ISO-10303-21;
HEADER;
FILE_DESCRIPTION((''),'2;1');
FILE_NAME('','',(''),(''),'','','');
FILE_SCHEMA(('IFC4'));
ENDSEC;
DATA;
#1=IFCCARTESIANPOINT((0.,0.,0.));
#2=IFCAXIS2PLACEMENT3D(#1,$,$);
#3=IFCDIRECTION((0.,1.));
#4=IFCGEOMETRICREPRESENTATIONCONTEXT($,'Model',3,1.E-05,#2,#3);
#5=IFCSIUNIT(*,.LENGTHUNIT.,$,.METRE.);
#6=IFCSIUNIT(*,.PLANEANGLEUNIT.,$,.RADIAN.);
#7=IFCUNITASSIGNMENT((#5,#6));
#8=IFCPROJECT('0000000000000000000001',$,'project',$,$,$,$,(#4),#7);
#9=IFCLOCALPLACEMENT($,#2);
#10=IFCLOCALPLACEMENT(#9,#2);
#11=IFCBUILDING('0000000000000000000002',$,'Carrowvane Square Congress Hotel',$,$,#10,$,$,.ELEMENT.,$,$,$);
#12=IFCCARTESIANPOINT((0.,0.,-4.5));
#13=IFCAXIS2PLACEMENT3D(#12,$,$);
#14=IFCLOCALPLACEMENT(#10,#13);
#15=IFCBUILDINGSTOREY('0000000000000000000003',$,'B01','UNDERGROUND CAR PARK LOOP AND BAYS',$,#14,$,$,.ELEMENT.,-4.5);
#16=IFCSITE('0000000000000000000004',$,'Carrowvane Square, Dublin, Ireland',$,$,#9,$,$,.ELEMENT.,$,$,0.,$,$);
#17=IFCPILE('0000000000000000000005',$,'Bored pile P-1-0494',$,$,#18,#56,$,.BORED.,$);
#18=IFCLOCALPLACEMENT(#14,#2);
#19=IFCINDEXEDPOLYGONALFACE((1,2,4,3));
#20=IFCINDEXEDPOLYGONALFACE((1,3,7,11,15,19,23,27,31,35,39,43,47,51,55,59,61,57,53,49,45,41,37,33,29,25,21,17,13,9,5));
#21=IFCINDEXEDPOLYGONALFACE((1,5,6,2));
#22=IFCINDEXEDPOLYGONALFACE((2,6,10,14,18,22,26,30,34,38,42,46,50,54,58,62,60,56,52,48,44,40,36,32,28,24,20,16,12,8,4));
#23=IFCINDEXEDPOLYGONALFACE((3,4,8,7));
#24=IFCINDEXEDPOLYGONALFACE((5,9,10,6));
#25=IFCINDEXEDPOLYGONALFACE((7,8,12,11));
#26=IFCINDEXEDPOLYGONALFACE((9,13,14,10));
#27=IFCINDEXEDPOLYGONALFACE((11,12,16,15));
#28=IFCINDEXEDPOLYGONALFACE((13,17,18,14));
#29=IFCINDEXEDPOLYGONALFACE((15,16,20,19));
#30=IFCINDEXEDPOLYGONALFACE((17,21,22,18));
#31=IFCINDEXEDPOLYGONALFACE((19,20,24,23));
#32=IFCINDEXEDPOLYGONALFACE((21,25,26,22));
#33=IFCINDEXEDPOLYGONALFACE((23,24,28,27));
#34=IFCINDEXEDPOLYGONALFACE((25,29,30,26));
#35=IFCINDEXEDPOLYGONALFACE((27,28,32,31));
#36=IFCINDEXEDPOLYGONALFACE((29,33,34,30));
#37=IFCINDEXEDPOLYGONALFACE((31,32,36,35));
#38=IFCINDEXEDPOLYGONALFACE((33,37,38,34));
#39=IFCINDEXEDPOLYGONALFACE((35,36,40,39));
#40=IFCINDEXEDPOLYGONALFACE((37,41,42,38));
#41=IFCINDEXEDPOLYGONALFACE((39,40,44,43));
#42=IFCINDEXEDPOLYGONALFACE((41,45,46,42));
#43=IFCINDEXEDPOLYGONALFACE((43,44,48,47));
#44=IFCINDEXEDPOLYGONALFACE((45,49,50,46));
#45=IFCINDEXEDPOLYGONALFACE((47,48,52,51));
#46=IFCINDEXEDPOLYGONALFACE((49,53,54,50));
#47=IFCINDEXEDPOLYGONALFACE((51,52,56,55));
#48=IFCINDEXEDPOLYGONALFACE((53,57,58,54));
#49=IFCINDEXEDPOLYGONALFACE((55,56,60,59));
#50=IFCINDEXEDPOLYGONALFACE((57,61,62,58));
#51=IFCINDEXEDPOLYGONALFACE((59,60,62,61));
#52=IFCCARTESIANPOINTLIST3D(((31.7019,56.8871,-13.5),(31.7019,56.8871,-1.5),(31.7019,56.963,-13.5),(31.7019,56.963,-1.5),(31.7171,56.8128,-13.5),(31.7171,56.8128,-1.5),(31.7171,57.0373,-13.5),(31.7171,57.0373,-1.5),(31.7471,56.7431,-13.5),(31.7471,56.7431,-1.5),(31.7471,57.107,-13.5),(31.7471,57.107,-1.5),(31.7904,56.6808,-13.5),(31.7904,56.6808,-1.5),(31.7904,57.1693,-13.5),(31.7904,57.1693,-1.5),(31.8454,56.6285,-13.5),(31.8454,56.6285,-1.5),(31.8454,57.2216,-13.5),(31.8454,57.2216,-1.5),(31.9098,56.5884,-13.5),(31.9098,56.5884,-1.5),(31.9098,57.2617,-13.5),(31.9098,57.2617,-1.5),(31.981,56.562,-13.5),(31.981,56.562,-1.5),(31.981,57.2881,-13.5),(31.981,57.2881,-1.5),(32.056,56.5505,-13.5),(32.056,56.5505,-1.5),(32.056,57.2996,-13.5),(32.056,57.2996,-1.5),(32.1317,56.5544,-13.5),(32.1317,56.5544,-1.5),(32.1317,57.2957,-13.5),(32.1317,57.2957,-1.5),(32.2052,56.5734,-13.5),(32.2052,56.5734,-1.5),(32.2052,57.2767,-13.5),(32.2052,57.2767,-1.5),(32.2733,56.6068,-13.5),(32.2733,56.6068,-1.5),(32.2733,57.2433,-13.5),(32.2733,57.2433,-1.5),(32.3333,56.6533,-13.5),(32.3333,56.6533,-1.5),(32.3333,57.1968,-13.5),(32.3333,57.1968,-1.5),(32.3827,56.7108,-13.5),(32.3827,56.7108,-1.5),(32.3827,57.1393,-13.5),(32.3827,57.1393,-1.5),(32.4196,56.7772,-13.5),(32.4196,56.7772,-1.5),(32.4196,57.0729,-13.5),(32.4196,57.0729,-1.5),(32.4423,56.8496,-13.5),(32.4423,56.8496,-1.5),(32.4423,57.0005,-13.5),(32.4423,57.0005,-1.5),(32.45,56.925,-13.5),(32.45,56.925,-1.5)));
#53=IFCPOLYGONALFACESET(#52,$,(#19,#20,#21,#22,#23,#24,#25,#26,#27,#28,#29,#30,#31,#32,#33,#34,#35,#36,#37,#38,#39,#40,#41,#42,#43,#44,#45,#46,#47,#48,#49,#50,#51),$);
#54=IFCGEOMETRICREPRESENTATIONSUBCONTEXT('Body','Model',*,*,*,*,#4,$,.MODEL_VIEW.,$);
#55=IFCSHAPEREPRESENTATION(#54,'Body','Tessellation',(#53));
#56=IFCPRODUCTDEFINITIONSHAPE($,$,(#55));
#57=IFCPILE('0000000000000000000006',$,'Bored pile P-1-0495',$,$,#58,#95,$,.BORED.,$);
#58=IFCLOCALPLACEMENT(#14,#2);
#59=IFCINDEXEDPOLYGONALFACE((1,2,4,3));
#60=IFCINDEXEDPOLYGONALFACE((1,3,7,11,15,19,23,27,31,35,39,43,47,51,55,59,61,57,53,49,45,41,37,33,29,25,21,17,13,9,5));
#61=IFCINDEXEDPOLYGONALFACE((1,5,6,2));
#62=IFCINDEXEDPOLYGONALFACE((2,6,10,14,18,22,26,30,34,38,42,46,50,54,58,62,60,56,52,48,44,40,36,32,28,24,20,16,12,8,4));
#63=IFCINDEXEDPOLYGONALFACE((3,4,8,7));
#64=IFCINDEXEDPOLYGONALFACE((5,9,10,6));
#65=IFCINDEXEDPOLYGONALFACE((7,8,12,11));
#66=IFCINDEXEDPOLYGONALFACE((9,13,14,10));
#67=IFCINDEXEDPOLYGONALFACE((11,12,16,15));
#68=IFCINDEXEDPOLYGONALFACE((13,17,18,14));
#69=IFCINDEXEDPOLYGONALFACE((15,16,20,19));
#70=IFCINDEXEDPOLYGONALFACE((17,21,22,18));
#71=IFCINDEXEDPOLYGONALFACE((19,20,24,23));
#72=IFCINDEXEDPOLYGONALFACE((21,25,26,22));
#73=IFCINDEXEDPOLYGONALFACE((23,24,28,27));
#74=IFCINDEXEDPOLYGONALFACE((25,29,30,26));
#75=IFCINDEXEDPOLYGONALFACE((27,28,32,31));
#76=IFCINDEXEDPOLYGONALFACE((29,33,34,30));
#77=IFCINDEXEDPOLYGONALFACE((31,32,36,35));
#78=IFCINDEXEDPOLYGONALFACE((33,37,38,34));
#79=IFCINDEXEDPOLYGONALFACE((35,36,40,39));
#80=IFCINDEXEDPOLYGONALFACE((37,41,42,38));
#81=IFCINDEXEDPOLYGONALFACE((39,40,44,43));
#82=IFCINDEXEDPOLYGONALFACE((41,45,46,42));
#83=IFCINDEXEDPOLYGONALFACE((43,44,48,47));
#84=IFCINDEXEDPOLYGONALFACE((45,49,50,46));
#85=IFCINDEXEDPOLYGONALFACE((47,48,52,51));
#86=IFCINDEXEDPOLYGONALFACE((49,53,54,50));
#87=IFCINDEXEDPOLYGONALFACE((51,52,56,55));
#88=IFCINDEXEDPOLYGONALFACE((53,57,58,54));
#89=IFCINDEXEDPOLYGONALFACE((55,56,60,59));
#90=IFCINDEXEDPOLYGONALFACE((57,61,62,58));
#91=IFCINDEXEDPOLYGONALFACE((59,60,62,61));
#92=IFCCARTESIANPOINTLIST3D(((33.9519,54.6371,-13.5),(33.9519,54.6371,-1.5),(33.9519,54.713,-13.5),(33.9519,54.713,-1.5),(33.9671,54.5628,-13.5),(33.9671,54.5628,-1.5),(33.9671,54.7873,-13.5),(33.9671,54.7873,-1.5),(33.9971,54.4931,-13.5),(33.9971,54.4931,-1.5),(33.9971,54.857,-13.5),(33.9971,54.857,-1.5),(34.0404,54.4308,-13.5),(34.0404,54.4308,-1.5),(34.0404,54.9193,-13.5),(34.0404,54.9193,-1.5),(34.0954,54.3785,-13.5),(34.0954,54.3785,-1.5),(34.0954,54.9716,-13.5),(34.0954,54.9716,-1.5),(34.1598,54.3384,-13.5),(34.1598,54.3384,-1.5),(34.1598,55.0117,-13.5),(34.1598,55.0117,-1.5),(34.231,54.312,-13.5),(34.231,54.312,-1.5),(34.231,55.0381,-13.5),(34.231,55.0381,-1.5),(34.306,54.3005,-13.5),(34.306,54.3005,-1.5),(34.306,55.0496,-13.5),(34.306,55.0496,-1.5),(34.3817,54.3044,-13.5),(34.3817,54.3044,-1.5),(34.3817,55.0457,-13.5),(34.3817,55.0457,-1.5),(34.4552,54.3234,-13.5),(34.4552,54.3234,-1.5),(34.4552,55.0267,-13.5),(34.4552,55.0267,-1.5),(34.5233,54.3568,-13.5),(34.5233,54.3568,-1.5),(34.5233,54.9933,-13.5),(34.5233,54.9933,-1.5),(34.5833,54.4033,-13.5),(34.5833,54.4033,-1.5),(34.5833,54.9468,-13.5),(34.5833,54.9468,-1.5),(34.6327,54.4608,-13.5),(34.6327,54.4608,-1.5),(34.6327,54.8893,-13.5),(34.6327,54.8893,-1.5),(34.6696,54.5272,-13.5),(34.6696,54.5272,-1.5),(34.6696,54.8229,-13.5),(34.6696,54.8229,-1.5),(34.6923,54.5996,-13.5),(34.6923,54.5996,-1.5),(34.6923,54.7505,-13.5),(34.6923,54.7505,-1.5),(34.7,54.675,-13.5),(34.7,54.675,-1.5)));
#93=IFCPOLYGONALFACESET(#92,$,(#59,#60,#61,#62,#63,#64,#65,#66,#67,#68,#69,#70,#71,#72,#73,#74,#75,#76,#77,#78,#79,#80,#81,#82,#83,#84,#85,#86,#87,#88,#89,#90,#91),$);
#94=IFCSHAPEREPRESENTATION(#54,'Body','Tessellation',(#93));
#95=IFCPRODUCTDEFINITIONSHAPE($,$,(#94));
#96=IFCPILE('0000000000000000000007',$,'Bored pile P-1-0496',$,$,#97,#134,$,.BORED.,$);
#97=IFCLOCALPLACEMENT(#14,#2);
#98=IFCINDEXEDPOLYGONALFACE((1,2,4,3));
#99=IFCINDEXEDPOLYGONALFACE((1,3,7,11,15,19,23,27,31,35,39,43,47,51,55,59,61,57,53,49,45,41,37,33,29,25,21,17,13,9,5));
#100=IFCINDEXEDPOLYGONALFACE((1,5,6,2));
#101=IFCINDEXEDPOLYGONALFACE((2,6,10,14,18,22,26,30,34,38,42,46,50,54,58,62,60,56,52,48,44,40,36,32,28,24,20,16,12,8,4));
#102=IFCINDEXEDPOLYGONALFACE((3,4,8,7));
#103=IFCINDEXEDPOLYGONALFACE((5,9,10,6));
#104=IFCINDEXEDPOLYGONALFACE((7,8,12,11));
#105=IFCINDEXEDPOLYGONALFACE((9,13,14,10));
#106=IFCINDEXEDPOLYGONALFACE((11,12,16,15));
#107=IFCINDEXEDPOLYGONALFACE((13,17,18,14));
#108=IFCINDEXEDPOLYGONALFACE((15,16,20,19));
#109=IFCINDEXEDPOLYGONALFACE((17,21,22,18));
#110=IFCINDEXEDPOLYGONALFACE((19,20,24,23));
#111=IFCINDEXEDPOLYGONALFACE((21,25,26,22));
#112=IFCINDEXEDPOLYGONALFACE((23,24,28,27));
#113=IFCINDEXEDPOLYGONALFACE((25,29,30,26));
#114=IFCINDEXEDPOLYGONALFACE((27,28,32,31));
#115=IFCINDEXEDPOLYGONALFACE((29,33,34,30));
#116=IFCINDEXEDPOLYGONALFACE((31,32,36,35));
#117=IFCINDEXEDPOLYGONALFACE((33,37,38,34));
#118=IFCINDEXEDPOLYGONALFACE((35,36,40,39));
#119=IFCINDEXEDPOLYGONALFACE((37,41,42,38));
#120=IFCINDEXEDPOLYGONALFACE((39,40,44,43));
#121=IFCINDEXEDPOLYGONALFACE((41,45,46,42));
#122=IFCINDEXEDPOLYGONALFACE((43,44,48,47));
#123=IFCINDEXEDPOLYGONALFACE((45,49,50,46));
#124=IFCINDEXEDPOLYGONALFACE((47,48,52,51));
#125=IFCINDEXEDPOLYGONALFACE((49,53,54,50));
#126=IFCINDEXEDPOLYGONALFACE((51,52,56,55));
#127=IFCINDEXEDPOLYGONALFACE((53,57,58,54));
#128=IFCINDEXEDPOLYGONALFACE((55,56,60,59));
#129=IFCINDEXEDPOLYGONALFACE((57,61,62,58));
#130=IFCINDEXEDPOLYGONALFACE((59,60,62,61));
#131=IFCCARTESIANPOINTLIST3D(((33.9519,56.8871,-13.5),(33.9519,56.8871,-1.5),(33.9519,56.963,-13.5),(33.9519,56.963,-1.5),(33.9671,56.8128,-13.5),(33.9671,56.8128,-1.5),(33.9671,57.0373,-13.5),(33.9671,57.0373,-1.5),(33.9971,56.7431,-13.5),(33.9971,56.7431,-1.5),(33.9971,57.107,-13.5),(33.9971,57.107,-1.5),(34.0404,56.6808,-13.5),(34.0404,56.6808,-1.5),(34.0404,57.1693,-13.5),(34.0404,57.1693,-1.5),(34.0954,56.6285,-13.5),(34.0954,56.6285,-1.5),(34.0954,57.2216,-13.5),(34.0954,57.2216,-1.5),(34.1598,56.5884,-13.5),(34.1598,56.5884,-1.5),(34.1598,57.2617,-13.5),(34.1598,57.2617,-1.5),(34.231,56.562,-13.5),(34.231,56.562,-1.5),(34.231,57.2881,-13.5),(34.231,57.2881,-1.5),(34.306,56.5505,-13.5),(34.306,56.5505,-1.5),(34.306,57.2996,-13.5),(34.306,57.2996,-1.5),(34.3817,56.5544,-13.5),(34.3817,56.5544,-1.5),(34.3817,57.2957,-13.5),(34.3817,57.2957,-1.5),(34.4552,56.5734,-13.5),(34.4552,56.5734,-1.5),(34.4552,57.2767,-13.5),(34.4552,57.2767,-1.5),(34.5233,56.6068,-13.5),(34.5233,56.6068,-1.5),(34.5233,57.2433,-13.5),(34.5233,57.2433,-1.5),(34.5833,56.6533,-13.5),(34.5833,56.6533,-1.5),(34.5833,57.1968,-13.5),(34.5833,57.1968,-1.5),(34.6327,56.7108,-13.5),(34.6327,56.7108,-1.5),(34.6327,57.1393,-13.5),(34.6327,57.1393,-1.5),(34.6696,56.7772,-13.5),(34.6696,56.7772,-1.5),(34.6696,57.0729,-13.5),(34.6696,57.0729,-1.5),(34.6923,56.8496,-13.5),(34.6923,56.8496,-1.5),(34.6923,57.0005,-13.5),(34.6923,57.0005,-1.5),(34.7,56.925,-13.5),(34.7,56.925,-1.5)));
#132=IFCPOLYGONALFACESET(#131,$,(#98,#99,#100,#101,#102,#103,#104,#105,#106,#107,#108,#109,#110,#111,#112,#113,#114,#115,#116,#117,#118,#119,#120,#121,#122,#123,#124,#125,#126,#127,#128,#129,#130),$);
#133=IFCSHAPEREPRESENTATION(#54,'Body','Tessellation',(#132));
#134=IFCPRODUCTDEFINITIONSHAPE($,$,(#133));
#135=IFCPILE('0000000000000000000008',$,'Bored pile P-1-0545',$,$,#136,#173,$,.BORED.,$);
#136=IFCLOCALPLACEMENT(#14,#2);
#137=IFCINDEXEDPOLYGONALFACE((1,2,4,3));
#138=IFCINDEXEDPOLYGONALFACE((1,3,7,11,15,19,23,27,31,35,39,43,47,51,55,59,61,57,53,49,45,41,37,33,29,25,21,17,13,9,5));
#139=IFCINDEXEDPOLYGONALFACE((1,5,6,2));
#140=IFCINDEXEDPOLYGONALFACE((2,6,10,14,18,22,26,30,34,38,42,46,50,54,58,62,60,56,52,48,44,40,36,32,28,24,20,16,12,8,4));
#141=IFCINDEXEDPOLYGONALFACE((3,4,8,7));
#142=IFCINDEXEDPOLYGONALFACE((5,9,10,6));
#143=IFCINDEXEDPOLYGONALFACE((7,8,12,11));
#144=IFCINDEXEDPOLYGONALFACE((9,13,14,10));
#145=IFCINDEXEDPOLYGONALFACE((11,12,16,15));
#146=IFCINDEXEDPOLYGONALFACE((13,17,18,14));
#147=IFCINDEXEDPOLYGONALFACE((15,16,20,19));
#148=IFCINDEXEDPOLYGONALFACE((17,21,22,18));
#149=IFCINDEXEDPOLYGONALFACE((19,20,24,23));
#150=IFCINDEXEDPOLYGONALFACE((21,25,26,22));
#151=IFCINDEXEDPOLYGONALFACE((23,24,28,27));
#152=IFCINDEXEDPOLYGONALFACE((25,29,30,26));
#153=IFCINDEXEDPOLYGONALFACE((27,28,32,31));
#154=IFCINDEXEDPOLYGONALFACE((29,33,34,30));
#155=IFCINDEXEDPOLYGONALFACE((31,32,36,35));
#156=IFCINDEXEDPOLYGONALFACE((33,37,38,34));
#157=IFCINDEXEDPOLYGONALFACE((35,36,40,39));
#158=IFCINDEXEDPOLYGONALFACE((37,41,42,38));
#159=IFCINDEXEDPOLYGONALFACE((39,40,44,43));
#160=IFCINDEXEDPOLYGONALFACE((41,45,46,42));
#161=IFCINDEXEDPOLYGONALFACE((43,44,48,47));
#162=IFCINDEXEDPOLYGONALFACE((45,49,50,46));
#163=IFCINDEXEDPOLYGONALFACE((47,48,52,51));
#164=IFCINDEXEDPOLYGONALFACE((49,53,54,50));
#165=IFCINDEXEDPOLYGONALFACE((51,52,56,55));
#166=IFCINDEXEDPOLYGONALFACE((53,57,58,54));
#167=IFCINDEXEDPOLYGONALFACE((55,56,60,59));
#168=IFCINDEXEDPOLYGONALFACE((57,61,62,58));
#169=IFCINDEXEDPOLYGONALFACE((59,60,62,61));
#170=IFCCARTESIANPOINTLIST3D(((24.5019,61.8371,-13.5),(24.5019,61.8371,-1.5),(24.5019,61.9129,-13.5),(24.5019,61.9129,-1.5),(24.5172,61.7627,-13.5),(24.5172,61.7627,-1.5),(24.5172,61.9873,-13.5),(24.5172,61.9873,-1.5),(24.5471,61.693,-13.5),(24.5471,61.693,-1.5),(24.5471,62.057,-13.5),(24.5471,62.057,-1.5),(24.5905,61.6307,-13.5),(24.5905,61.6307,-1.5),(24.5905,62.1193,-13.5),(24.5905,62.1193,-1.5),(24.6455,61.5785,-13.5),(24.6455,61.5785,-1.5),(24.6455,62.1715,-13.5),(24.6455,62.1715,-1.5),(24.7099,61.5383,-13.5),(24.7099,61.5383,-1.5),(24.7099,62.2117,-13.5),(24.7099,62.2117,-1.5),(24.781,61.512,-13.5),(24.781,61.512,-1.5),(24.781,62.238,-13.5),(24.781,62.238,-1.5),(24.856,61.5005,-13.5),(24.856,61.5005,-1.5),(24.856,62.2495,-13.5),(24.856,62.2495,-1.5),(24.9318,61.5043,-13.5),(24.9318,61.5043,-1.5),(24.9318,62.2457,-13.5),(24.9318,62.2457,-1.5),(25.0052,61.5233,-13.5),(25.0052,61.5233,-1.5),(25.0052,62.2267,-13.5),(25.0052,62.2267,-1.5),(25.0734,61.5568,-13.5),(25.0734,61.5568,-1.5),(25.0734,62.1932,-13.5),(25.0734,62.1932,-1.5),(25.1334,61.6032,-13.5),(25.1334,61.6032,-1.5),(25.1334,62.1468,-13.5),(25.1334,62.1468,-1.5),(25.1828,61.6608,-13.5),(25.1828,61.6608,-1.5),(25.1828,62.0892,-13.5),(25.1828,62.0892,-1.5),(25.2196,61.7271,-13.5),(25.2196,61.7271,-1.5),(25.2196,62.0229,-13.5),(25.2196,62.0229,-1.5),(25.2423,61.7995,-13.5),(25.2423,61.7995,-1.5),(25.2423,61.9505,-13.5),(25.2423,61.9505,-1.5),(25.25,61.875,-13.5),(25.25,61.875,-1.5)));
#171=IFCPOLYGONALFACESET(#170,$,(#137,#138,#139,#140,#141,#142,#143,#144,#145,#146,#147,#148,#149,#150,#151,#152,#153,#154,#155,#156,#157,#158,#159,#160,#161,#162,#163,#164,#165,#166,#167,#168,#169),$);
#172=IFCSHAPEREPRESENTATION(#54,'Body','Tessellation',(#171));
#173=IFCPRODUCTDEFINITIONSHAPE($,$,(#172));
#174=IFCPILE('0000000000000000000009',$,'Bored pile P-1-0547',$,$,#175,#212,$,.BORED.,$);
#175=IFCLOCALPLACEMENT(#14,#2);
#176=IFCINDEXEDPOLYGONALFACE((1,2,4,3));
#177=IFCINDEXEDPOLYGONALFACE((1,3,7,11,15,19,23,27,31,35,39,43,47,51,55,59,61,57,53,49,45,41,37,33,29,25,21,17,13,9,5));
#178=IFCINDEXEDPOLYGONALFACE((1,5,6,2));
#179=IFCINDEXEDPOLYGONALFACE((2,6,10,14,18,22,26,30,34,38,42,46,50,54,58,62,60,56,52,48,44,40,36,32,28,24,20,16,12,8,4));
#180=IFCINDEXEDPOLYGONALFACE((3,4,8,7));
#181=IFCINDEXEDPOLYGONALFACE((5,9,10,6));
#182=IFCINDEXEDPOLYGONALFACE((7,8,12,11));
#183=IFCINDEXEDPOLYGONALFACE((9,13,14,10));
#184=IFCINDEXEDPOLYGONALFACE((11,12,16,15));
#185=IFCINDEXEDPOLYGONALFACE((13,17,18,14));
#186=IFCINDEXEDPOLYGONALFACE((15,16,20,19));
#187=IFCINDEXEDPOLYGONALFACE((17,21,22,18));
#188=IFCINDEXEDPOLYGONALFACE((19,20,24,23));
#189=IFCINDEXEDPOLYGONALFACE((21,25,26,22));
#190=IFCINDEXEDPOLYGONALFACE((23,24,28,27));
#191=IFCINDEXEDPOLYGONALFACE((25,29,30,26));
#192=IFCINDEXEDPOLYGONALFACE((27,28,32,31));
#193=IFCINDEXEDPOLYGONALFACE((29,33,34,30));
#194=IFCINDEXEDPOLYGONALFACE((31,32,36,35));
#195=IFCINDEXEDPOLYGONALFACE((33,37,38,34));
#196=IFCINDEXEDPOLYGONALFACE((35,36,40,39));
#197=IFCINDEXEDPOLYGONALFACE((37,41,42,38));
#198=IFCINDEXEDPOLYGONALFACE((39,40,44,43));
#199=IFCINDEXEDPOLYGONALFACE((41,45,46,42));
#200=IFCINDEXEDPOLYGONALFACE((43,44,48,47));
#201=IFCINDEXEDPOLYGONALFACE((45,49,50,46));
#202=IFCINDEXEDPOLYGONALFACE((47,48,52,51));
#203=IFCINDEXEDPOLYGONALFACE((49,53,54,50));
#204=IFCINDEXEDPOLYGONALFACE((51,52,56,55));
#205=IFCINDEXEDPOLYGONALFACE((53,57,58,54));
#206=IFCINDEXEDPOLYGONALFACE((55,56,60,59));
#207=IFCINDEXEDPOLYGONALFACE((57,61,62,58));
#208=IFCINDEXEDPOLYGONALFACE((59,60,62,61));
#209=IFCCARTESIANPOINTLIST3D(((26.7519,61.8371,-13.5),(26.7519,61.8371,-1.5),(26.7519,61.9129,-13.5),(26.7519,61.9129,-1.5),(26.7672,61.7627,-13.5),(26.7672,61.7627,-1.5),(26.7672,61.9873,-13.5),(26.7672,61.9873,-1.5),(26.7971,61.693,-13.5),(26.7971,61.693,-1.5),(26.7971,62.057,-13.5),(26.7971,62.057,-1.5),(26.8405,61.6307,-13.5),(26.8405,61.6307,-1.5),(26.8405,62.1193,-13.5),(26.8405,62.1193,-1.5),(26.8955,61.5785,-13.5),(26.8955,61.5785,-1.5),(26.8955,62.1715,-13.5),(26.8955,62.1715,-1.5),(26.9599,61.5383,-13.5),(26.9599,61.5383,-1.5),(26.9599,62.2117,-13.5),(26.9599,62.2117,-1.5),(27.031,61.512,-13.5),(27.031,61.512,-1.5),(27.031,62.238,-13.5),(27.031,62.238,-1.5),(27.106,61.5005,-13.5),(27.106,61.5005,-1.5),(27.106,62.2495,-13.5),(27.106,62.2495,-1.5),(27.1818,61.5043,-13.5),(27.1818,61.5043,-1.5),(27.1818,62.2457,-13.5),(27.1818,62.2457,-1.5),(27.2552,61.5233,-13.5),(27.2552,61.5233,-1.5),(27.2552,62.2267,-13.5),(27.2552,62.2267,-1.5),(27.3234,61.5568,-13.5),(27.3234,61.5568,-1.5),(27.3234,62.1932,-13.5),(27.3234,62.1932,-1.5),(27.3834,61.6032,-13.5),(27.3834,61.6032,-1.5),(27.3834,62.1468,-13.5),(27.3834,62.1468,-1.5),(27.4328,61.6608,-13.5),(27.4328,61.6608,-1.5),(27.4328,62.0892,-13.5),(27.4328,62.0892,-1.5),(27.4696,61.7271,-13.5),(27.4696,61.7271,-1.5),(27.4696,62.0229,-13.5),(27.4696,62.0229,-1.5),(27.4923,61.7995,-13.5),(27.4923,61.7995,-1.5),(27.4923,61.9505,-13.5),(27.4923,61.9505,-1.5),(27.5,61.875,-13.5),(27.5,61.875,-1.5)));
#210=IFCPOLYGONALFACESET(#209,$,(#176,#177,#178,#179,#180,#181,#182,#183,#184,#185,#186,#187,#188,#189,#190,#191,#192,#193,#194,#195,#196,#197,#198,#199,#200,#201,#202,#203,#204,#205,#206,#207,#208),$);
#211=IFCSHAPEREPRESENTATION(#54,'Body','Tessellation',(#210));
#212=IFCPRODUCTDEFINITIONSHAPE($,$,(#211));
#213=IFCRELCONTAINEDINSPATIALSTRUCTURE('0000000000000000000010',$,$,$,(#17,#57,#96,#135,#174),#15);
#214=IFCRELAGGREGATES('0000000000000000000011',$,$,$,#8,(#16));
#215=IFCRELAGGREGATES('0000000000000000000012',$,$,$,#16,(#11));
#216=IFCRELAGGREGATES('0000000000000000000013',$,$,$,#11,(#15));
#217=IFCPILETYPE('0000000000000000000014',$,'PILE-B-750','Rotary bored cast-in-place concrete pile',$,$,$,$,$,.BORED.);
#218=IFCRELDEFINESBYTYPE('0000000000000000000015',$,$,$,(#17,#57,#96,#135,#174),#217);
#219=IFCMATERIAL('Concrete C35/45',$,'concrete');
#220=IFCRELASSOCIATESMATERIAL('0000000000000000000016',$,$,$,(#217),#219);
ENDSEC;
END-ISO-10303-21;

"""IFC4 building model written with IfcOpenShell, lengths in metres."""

from ifc_helpers import new_model, si_unit, direction, frame, origin, origin_2d, place, context, subcontext, project, spatial, circle, extrude, material, material_profile, profile_set, type_object, element, save


model = new_model("IFC4")

# Units and contexts
model_context = context("Model", 3, precision=1e-05, world=origin(), true_north=direction((0.0, 1.0)))
body_context = subcontext(model_context, "Body", "Model", "MODEL_VIEW")
ifc_project = project(units=[si_unit("LENGTHUNIT", "METRE"), si_unit("PLANEANGLEUNIT", "RADIAN")], contexts=[model_context])

# Site, building, storey
site_placement = place(None, origin())
site = spatial("IfcSite", under=ifc_project, at=site_placement, Name="Carrowvane Square, Dublin, Ireland", CompositionType="ELEMENT", RefElevation=0.0)
building_placement = place(site_placement, origin())
building = spatial("IfcBuilding", under=site, at=building_placement, Name="Carrowvane Square Congress Hotel", CompositionType="ELEMENT")
storey_placement = place(building_placement, frame((0.0, 0.0, -4.5)))
storey = spatial("IfcBuildingStorey", under=building, at=storey_placement, Name="B01", Description="UNDERGROUND CAR PARK LOOP AND BAYS", CompositionType="ELEMENT", Elevation=-4.5)

# Piles
ifc_material_1 = material(Name="Concrete C35/45", Category="concrete")
ifc_material_profile_1 = material_profile(ifc_material_1, circle(Radius=0.375, at=origin_2d()), Name="PILE D750")
ifc_profile_set_1 = profile_set([ifc_material_profile_1], Name="Concrete C35/45")
pile_type = type_object("IfcPileType", Name="PILE-B-750", Description="Rotary bored cast-in-place concrete pile", PredefinedType="BORED", material=ifc_profile_set_1)
for number, where, z_axis, x_axis, name in (
    (1, (32.075, 56.925, -1.5), (0.0, 0.0, -1.0), (1.0, 0.0, 0.0), "Bored pile P-1-0494"),
    (2, (34.325, 54.675, -1.5), (0.0, 0.0, -1.0), (1.0, 0.0, 0.0), "Bored pile P-1-0495"),
    (3, (34.325, 56.925, -1.5), (0.0, 0.0, -1.0), (1.0, 0.0, 0.0), "Bored pile P-1-0496"),
    (4, (24.875, 61.875, -1.5), (0.0, 0.0, -1.0), (1.0, 0.0, 0.0), "Bored pile P-1-0545"),
    (5, (27.125, 61.875, -1.5), (0.0, 0.0, -1.0), (1.0, 0.0, 0.0), "Bored pile P-1-0547"),
):
    element("IfcPile", number, at=place(storey_placement, frame(where, z_axis=z_axis, x_axis=x_axis)), inside=storey, type_object=pile_type, Name=name, PredefinedType="BORED", context=body_context, shape_type="SweptSolid", body=[
        extrude(circle(Radius=0.375, at=origin_2d()), origin(), (0.0, 0.0, 1.0), 12.0),
    ])

save(model, "model.ifc")
